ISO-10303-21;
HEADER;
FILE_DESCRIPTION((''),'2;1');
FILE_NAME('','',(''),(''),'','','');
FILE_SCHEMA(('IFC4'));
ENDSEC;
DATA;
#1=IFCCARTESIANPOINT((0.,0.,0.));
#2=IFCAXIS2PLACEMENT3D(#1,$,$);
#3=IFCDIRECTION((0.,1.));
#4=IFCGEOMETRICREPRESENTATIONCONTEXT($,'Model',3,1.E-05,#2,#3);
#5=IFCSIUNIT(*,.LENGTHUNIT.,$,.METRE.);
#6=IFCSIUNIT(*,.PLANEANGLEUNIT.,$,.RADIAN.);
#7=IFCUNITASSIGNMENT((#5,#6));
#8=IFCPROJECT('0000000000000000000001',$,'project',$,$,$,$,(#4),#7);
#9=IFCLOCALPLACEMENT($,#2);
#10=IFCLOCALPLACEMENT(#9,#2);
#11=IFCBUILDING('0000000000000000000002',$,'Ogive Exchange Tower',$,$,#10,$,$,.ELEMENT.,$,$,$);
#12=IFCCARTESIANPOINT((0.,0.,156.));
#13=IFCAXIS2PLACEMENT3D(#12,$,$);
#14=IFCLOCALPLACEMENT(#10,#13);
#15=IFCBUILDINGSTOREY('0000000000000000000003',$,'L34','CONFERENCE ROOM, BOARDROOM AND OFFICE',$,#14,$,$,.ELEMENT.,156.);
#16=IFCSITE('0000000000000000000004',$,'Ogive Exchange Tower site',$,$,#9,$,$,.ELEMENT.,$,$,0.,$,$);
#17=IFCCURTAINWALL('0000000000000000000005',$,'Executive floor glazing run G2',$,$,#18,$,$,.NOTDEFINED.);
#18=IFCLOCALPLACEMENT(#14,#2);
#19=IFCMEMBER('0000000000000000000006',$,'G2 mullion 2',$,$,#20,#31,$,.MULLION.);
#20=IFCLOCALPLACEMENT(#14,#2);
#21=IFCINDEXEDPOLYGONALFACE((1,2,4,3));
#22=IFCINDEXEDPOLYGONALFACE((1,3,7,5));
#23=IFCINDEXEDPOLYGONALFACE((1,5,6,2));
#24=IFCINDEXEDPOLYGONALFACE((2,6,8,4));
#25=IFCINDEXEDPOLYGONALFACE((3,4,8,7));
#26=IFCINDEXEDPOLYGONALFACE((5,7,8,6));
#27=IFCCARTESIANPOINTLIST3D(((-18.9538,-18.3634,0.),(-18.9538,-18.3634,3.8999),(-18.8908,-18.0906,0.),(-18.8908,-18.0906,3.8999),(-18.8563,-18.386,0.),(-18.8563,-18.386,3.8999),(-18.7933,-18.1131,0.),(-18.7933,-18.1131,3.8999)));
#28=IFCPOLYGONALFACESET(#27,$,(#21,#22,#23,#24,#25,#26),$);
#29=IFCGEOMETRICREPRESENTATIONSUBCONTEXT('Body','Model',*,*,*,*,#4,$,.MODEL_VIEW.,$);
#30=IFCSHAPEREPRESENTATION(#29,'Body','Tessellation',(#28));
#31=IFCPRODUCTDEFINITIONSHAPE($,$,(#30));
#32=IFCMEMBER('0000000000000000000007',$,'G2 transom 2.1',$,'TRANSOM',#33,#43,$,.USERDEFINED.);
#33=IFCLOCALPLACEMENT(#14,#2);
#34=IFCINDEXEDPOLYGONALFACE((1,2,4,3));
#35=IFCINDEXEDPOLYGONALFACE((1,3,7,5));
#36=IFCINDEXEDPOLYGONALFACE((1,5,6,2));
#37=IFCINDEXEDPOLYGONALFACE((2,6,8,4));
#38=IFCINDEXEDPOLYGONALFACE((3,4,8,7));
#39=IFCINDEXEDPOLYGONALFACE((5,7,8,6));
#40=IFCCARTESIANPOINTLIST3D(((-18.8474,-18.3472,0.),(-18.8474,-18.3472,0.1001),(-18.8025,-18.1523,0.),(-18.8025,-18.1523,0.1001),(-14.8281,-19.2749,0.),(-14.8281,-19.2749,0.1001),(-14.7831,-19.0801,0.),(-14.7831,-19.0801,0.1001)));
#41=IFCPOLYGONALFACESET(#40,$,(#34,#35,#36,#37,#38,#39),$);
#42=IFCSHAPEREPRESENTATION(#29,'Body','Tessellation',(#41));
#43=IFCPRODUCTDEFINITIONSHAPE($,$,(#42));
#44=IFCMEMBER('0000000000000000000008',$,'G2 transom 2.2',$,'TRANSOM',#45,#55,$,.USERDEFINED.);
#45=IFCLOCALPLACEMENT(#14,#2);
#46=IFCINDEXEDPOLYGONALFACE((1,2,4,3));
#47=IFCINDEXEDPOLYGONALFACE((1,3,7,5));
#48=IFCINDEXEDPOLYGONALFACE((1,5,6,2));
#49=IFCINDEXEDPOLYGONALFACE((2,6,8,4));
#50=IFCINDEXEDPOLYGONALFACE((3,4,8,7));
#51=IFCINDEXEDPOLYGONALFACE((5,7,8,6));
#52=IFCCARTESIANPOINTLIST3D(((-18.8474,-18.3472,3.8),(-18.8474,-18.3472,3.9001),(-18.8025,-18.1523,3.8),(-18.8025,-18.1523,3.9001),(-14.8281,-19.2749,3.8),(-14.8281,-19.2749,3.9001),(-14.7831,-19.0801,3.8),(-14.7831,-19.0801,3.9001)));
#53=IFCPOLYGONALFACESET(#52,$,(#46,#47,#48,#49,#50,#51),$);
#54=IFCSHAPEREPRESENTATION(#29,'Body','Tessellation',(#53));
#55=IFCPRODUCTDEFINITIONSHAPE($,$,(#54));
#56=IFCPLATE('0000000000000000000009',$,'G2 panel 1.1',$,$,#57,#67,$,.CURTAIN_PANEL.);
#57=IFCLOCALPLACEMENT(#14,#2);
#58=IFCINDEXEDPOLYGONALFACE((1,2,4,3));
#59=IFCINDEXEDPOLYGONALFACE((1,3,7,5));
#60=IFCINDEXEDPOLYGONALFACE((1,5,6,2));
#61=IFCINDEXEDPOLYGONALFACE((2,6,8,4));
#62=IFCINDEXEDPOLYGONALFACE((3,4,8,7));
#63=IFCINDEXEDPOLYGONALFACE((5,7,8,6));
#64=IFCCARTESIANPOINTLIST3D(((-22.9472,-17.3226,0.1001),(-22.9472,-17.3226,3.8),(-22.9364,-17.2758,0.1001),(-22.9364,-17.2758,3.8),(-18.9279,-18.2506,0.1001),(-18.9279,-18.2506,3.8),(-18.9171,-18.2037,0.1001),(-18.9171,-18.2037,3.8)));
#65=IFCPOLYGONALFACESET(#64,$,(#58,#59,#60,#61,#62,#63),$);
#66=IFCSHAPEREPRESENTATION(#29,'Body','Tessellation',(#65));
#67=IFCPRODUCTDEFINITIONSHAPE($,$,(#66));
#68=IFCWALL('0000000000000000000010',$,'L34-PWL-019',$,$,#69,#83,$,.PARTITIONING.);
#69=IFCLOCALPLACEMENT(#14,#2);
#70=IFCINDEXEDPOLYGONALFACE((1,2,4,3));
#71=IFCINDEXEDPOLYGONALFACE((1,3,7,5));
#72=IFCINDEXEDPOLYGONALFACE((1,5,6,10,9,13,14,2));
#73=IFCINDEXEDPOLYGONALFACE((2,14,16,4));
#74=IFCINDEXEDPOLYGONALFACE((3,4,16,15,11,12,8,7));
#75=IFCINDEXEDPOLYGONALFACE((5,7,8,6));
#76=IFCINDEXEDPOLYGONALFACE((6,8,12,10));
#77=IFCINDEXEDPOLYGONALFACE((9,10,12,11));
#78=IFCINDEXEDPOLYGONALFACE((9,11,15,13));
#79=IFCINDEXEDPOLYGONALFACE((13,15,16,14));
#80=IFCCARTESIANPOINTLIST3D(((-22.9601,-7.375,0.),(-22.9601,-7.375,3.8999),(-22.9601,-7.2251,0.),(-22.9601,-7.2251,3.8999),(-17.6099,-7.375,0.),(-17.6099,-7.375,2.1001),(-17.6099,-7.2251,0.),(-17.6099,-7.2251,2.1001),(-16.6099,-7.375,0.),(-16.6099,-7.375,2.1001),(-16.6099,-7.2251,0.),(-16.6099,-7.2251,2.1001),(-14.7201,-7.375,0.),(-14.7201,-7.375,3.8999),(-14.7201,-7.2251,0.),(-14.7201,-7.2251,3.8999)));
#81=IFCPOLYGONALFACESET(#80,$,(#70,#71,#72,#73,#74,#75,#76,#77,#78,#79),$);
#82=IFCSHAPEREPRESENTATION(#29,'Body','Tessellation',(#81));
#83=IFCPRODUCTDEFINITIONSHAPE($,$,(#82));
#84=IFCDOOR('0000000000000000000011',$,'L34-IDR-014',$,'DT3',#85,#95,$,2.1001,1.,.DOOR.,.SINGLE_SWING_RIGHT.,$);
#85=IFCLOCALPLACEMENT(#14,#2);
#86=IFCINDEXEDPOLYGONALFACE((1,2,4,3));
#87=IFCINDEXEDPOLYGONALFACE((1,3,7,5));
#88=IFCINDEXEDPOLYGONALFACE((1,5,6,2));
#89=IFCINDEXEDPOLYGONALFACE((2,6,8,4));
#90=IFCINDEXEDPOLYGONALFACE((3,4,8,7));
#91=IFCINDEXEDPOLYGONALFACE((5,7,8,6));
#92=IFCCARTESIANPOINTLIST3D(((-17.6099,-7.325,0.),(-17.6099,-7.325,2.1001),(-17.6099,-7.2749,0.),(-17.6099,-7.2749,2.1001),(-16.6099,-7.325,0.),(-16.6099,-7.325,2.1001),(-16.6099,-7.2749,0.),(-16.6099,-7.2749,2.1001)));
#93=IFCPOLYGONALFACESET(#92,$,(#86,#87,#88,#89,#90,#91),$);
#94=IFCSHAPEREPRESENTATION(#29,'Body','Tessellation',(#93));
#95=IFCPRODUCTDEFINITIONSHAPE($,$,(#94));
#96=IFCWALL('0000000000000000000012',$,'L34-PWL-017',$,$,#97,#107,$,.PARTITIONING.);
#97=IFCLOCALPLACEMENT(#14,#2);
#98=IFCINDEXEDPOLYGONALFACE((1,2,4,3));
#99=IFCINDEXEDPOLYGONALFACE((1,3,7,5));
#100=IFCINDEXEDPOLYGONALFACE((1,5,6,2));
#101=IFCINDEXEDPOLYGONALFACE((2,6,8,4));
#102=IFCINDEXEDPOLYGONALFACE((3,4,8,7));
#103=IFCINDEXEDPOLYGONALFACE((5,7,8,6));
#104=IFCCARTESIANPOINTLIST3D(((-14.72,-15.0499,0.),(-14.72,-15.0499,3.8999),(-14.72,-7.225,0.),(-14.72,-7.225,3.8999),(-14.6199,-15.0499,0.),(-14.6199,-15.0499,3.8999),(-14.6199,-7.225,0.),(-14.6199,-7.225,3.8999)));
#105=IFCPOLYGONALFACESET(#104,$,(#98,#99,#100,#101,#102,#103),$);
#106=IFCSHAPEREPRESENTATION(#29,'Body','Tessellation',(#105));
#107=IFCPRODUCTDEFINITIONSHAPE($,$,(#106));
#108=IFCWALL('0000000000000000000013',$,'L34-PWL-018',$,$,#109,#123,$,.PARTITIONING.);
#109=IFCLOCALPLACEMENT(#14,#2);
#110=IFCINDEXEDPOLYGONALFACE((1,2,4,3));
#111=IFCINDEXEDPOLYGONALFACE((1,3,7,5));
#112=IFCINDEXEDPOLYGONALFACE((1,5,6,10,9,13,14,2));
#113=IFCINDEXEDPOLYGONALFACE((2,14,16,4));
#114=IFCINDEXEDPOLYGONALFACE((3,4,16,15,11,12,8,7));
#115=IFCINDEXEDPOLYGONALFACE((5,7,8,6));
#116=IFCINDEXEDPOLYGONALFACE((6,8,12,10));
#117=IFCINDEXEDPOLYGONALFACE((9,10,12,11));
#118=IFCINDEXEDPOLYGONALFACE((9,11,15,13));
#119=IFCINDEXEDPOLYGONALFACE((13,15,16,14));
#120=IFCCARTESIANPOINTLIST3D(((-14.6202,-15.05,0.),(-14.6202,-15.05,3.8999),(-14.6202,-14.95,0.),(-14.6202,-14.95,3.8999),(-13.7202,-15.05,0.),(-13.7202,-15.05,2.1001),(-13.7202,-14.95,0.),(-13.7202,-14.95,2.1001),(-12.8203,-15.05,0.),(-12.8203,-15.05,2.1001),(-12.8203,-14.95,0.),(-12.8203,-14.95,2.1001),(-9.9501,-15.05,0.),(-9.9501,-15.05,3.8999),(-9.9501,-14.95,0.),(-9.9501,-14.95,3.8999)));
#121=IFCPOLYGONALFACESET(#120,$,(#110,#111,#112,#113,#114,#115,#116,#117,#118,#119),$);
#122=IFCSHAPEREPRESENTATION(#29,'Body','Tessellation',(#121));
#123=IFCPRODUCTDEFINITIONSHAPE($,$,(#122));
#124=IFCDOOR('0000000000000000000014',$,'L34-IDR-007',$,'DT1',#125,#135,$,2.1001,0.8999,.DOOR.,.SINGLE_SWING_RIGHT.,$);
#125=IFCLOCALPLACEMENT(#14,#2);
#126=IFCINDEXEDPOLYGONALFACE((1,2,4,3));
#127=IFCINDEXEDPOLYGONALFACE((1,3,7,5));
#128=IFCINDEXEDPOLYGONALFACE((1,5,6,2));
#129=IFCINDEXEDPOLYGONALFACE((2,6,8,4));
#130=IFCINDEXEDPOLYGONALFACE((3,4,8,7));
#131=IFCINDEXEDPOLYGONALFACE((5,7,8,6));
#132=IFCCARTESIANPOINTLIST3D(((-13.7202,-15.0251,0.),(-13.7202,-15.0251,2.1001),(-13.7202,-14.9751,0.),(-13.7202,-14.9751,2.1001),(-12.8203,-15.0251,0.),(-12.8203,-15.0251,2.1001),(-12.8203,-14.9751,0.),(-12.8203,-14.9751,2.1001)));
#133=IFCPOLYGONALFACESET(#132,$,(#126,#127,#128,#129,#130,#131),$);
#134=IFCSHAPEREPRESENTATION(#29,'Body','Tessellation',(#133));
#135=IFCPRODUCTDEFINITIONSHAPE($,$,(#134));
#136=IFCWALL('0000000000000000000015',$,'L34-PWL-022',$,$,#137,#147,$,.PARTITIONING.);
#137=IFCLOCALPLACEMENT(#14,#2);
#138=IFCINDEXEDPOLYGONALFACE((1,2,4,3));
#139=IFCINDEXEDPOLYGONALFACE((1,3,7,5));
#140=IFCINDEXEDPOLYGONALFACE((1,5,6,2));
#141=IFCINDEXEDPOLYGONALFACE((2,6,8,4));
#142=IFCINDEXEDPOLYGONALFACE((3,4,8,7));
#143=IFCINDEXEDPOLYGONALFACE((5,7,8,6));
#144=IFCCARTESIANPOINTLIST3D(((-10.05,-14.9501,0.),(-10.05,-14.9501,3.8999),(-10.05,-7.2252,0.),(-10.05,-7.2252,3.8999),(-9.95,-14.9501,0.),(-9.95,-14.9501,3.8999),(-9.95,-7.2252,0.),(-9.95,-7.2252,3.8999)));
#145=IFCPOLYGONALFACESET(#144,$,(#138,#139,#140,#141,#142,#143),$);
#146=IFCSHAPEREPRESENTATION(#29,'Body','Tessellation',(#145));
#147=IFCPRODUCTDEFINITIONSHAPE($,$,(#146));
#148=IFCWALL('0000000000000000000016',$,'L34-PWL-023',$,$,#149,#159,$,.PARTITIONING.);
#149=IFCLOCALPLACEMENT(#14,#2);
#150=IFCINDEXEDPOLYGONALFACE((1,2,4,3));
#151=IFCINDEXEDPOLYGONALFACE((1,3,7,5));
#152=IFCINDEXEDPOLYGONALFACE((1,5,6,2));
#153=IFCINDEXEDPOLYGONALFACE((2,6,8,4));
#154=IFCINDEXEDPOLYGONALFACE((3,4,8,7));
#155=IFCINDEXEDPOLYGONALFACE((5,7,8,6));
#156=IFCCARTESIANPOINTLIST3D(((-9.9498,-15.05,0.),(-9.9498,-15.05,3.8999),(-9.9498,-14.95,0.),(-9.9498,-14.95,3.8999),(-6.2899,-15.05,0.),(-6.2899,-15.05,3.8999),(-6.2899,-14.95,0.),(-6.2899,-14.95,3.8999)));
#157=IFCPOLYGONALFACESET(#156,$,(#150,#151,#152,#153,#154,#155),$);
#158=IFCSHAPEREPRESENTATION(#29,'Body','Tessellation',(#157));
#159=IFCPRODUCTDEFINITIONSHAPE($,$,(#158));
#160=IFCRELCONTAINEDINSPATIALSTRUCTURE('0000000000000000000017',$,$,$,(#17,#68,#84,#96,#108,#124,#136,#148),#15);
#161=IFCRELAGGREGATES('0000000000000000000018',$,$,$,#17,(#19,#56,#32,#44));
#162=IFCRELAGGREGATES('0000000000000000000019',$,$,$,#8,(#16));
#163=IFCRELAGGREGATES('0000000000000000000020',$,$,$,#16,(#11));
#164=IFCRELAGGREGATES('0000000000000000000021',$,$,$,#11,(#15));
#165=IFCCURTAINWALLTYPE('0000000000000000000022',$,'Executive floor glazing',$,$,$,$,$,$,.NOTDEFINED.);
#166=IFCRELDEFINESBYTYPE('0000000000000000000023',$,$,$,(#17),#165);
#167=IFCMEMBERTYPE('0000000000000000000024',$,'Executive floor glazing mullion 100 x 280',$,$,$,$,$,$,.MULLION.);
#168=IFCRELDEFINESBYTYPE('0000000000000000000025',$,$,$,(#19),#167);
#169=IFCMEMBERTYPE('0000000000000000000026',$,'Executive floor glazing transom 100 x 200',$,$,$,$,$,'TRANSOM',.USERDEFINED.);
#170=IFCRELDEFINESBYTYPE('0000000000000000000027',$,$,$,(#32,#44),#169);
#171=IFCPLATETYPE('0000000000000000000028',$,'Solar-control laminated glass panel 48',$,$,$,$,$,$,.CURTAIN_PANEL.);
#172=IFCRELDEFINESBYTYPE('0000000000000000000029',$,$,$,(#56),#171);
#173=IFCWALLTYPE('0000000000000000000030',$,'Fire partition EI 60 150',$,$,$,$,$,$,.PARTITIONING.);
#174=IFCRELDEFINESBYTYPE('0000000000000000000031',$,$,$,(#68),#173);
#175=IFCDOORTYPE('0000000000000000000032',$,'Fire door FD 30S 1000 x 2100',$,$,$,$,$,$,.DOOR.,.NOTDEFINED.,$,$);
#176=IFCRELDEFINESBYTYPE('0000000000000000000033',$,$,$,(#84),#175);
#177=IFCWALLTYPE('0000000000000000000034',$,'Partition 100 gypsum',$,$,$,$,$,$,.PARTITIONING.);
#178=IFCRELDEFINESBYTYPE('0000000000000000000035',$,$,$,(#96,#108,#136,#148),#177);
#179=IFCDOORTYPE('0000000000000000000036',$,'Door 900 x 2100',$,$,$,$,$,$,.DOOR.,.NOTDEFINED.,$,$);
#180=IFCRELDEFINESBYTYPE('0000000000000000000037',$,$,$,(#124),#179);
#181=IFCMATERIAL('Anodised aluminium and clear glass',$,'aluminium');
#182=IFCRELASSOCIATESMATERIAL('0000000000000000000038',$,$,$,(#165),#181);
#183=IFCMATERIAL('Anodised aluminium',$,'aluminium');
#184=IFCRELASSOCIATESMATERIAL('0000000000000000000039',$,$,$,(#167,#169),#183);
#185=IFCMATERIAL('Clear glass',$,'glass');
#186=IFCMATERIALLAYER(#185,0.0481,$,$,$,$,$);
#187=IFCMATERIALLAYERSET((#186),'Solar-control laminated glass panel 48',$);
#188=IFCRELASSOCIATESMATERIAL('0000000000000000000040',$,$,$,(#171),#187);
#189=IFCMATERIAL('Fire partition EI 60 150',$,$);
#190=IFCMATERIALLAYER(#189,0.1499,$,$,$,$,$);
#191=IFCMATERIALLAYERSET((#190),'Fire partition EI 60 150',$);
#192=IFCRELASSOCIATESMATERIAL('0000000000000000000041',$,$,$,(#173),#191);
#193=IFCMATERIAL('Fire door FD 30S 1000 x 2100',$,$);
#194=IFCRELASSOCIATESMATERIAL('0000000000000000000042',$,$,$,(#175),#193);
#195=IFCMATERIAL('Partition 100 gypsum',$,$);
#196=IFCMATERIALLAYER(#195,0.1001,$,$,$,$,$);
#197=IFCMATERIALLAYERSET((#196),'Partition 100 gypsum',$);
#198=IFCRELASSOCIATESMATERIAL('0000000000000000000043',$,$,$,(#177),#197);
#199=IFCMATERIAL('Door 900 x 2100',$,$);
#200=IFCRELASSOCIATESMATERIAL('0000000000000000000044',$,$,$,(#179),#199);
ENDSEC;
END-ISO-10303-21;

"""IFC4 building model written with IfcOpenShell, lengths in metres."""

from ifc_helpers import new_model, si_unit, direction, frame, frame_2d, origin, origin_2d, place, context, subcontext, project, spatial, rectangle, extrude, material, layer, layer_set, material_profile, profile_set, type_object, element, fill, aggregate, save


model = new_model("IFC4")

# Units and contexts
model_context = context("Model", 3, precision=1e-05, world=origin(), true_north=direction((0.0, 1.0)))
body_context = subcontext(model_context, "Body", "Model", "MODEL_VIEW")
ifc_project = project(units=[si_unit("LENGTHUNIT", "METRE"), si_unit("PLANEANGLEUNIT", "RADIAN")], contexts=[model_context])

# Site, building, storey
site_placement = place(None, origin())
site = spatial("IfcSite", under=ifc_project, at=site_placement, Name="Ogive Exchange Tower site", CompositionType="ELEMENT", RefElevation=0.0)
building_placement = place(site_placement, origin())
building = spatial("IfcBuilding", under=site, at=building_placement, Name="Ogive Exchange Tower", CompositionType="ELEMENT")
storey_placement = place(building_placement, frame((0.0, 0.0, 156.0)))
storey = spatial("IfcBuildingStorey", under=building, at=storey_placement, Name="L34", Description="CONFERENCE ROOM, BOARDROOM AND OFFICE", CompositionType="ELEMENT", Elevation=156.0)

# Curtain wall, members, plate
ifc_material_1 = material(Name="Anodised aluminium and clear glass", Category="aluminium")
curtain_wall_type = type_object("IfcCurtainWallType", Name="Executive floor glazing", PredefinedType="NOTDEFINED", material=ifc_material_1)
curtain_wall_placement = place(storey_placement, origin())
curtain_wall = element("IfcCurtainWall", 1, at=curtain_wall_placement, inside=storey, type_object=curtain_wall_type, Name="Executive floor glazing run G2", PredefinedType="NOTDEFINED")
ifc_material_2 = material(Name="Anodised aluminium", Category="aluminium")
ifc_material_profile_1 = material_profile(ifc_material_2, rectangle(XDim=0.28, YDim=0.1001, at=origin_2d()), Name="AL 100x280")
ifc_profile_set_1 = profile_set([ifc_material_profile_1], Name="Anodised aluminium")
member_type_1 = type_object("IfcMemberType", Name="Executive floor glazing mullion 100 x 280", PredefinedType="MULLION", material=ifc_profile_set_1)
member_1_placement = place(storey_placement, frame((-18.8735, -18.2383, 0.0), z_axis=(0.0, 0.0, 1.0), x_axis=(0.224958, 0.974369, 0.0)))
member_1 = element("IfcMember", 2, at=member_1_placement, type_object=member_type_1, Name="G2 mullion 2", PredefinedType="MULLION", context=body_context, shape_type="SweptSolid", body=[
    extrude(rectangle(XDim=0.28, YDim=0.1001, at=origin_2d()), origin(), (0.0, 0.0, 1.0), 3.8999),
])
ifc_material_profile_2 = material_profile(ifc_material_2, rectangle(XDim=0.2, YDim=0.1001, at=origin_2d()), Name="AL 100x200")
ifc_profile_set_2 = profile_set([ifc_material_profile_2], Name="Anodised aluminium")
member_type_2 = type_object("IfcMemberType", Name="Executive floor glazing transom 100 x 200", ElementType="TRANSOM", PredefinedType="USERDEFINED", material=ifc_profile_set_2)
member_2_placement = place(storey_placement, frame((-18.825, -18.2498, 0.05), z_axis=(0.97438, -0.224907, 0.0), x_axis=(0.224907, 0.97438, 0.0)))
member_2 = element("IfcMember", 3, at=member_2_placement, type_object=member_type_2, Name="G2 transom 2.1", ObjectType="TRANSOM", PredefinedType="USERDEFINED", context=body_context, shape_type="SweptSolid", body=[
    extrude(rectangle(XDim=0.2, YDim=0.1001, at=origin_2d()), origin(), (0.0, 0.0, 1.0), 4.125),
])
member_3_placement = place(storey_placement, frame((-18.825, -18.2498, 3.8501), z_axis=(0.97438, -0.224907, 0.0), x_axis=(0.224907, 0.97438, 0.0)))
member_3 = element("IfcMember", 4, at=member_3_placement, type_object=member_type_2, Name="G2 transom 2.2", ObjectType="TRANSOM", PredefinedType="USERDEFINED", context=body_context, shape_type="SweptSolid", body=[
    extrude(rectangle(XDim=0.2, YDim=0.1001, at=origin_2d()), origin(), (0.0, 0.0, 1.0), 4.125),
])
ifc_material_3 = material(Name="Clear glass", Category="glass")
ifc_layer_1 = layer(ifc_material_3, 0.0481)
ifc_layer_set_1 = layer_set([ifc_layer_1], Name="Solar-control laminated glass panel 48")
plate_type = type_object("IfcPlateType", Name="Solar-control laminated glass panel 48", PredefinedType="CURTAIN_PANEL", material=ifc_layer_set_1)
plate_placement = place(storey_placement, frame((-20.9321, -17.7632, 0.1001), z_axis=(0.0, 0.0, 1.0), x_axis=(0.974369, -0.224958, 0.0)))
plate = element("IfcPlate", 5, at=plate_placement, type_object=plate_type, Name="G2 panel 1.1", PredefinedType="CURTAIN_PANEL", context=body_context, shape_type="SweptSolid", body=[
    extrude(rectangle(XDim=4.125, YDim=0.0481, at=origin_2d()), origin(), (0.0, 0.0, 1.0), 3.7),
])
aggregate(curtain_wall, [member_1, plate, member_2, member_3])

# Wall, opening, door
ifc_material_4 = material(Name="Fire partition EI 60 150")
ifc_layer_2 = layer(ifc_material_4, 0.1499)
ifc_layer_set_2 = layer_set([ifc_layer_2], Name="Fire partition EI 60 150")
wall_type_1 = type_object("IfcWallType", Name="Fire partition EI 60 150", PredefinedType="PARTITIONING", material=ifc_layer_set_2)
wall_1_placement = place(storey_placement, frame((-14.72, -7.3, 0.0), z_axis=(0.0, 0.0, 1.0), x_axis=(-1.0, 0.0, 0.0)))
wall_1 = element("IfcWall", 6, at=wall_1_placement, inside=storey, type_object=wall_type_1, Name="L34-PWL-019", PredefinedType="PARTITIONING", context=body_context, shape_type="SweptSolid", body=[
    extrude(rectangle(XDim=8.24, YDim=0.1499, at=frame_2d((4.1201, 0.0))), origin(), (0.0, 0.0, 1.0), 3.8999),
])
opening_1_placement = place(wall_1_placement, frame((1.8899, 0.0, 0.0)))
opening_1 = element("IfcOpeningElement", 7, at=opening_1_placement, cuts=wall_1, PredefinedType="OPENING", context=body_context, shape_type="SweptSolid", body=[
    extrude(rectangle(XDim=1.0, YDim=2.1001, at=frame_2d((0.5, 1.05))), frame((0.0, 0.085, 0.0), z_axis=(0.0, -1.0, 0.0), x_axis=(1.0, 0.0, 0.0)), (0.0, 0.0, 1.0), 0.1699),
])
ifc_material_5 = material(Name="Fire door FD 30S 1000 x 2100")
door_type_1 = type_object("IfcDoorType", Name="Fire door FD 30S 1000 x 2100", OperationType="NOTDEFINED", PredefinedType="DOOR", material=ifc_material_5)
door_1_placement = place(opening_1_placement, origin())
door_1 = element("IfcDoor", 8, at=door_1_placement, inside=storey, type_object=door_type_1, Name="L34-IDR-014", ObjectType="DT3", OperationType="SINGLE_SWING_RIGHT", OverallHeight=2.1001, OverallWidth=1.0, PredefinedType="DOOR", context=body_context, shape_type="SweptSolid", body=[
    extrude(rectangle(XDim=1.0, YDim=2.1001, at=frame_2d((0.5, 1.05))), frame((0.0, 0.0249, 0.0), z_axis=(0.0, -1.0, 0.0), x_axis=(1.0, 0.0, 0.0)), (0.0, 0.0, 1.0), 0.05),
])
fill(opening_1, door_1)

# Wall
ifc_material_6 = material(Name="Partition 100 gypsum")
ifc_layer_3 = layer(ifc_material_6, 0.1001)
ifc_layer_set_3 = layer_set([ifc_layer_3], Name="Partition 100 gypsum")
wall_type_2 = type_object("IfcWallType", Name="Partition 100 gypsum", PredefinedType="PARTITIONING", material=ifc_layer_set_3)
wall_2_placement = place(storey_placement, frame((-14.6699, -15.05, 0.0), z_axis=(0.0, 0.0, 1.0), x_axis=(0.0, 1.0, 0.0)))
element("IfcWall", 9, at=wall_2_placement, inside=storey, type_object=wall_type_2, Name="L34-PWL-017", PredefinedType="PARTITIONING", context=body_context, shape_type="SweptSolid", body=[
    extrude(rectangle(XDim=7.825, YDim=0.1001, at=frame_2d((3.9126, 0.0))), origin(), (0.0, 0.0, 1.0), 3.8999),
])

# Wall, opening, door
wall_3_placement = place(storey_placement, frame((-14.6201, -15.0, 0.0), z_axis=(0.0, 0.0, 1.0), x_axis=(1.0, 0.0, 0.0)))
wall_3 = element("IfcWall", 10, at=wall_3_placement, inside=storey, type_object=wall_type_2, Name="L34-PWL-018", PredefinedType="PARTITIONING", context=body_context, shape_type="SweptSolid", body=[
    extrude(rectangle(XDim=4.6702, YDim=0.1001, at=frame_2d((2.335, 0.0))), origin(), (0.0, 0.0, 1.0), 3.8999),
])
opening_2_placement = place(wall_3_placement, frame((0.8999, 0.0, 0.0)))
opening_2 = element("IfcOpeningElement", 11, at=opening_2_placement, cuts=wall_3, PredefinedType="OPENING", context=body_context, shape_type="SweptSolid", body=[
    extrude(rectangle(XDim=0.8999, YDim=2.1001, at=frame_2d((0.45, 1.05))), frame((0.0, 0.0601, 0.0), z_axis=(0.0, -1.0, 0.0), x_axis=(1.0, 0.0, 0.0)), (0.0, 0.0, 1.0), 0.1201),
])
ifc_material_7 = material(Name="Door 900 x 2100")
door_type_2 = type_object("IfcDoorType", Name="Door 900 x 2100", OperationType="NOTDEFINED", PredefinedType="DOOR", material=ifc_material_7)
door_2_placement = place(opening_2_placement, origin())
door_2 = element("IfcDoor", 12, at=door_2_placement, inside=storey, type_object=door_type_2, Name="L34-IDR-007", ObjectType="DT1", OperationType="SINGLE_SWING_RIGHT", OverallHeight=2.1001, OverallWidth=0.8999, PredefinedType="DOOR", context=body_context, shape_type="SweptSolid", body=[
    extrude(rectangle(XDim=0.8999, YDim=2.1001, at=frame_2d((0.45, 1.05))), frame((0.0, 0.0249, 0.0), z_axis=(0.0, -1.0, 0.0), x_axis=(1.0, 0.0, 0.0)), (0.0, 0.0, 1.0), 0.05),
])
fill(opening_2, door_2)

# Walls
wall_4_placement = place(storey_placement, frame((-10.0, -14.95, 0.0), z_axis=(0.0, 0.0, 1.0), x_axis=(0.0, 1.0, 0.0)))
element("IfcWall", 13, at=wall_4_placement, inside=storey, type_object=wall_type_2, Name="L34-PWL-022", PredefinedType="PARTITIONING", context=body_context, shape_type="SweptSolid", body=[
    extrude(rectangle(XDim=7.7249, YDim=0.1001, at=frame_2d((3.8623, 0.0))), origin(), (0.0, 0.0, 1.0), 3.8999),
])
wall_5_placement = place(storey_placement, frame((-9.95, -15.0, 0.0), z_axis=(0.0, 0.0, 1.0), x_axis=(1.0, 0.0, 0.0)))
element("IfcWall", 14, at=wall_5_placement, inside=storey, type_object=wall_type_2, Name="L34-PWL-023", PredefinedType="PARTITIONING", context=body_context, shape_type="SweptSolid", body=[
    extrude(rectangle(XDim=3.6599, YDim=0.1001, at=frame_2d((1.8301, 0.0))), origin(), (0.0, 0.0, 1.0), 3.8999),
])

save(model, "model.ifc")
